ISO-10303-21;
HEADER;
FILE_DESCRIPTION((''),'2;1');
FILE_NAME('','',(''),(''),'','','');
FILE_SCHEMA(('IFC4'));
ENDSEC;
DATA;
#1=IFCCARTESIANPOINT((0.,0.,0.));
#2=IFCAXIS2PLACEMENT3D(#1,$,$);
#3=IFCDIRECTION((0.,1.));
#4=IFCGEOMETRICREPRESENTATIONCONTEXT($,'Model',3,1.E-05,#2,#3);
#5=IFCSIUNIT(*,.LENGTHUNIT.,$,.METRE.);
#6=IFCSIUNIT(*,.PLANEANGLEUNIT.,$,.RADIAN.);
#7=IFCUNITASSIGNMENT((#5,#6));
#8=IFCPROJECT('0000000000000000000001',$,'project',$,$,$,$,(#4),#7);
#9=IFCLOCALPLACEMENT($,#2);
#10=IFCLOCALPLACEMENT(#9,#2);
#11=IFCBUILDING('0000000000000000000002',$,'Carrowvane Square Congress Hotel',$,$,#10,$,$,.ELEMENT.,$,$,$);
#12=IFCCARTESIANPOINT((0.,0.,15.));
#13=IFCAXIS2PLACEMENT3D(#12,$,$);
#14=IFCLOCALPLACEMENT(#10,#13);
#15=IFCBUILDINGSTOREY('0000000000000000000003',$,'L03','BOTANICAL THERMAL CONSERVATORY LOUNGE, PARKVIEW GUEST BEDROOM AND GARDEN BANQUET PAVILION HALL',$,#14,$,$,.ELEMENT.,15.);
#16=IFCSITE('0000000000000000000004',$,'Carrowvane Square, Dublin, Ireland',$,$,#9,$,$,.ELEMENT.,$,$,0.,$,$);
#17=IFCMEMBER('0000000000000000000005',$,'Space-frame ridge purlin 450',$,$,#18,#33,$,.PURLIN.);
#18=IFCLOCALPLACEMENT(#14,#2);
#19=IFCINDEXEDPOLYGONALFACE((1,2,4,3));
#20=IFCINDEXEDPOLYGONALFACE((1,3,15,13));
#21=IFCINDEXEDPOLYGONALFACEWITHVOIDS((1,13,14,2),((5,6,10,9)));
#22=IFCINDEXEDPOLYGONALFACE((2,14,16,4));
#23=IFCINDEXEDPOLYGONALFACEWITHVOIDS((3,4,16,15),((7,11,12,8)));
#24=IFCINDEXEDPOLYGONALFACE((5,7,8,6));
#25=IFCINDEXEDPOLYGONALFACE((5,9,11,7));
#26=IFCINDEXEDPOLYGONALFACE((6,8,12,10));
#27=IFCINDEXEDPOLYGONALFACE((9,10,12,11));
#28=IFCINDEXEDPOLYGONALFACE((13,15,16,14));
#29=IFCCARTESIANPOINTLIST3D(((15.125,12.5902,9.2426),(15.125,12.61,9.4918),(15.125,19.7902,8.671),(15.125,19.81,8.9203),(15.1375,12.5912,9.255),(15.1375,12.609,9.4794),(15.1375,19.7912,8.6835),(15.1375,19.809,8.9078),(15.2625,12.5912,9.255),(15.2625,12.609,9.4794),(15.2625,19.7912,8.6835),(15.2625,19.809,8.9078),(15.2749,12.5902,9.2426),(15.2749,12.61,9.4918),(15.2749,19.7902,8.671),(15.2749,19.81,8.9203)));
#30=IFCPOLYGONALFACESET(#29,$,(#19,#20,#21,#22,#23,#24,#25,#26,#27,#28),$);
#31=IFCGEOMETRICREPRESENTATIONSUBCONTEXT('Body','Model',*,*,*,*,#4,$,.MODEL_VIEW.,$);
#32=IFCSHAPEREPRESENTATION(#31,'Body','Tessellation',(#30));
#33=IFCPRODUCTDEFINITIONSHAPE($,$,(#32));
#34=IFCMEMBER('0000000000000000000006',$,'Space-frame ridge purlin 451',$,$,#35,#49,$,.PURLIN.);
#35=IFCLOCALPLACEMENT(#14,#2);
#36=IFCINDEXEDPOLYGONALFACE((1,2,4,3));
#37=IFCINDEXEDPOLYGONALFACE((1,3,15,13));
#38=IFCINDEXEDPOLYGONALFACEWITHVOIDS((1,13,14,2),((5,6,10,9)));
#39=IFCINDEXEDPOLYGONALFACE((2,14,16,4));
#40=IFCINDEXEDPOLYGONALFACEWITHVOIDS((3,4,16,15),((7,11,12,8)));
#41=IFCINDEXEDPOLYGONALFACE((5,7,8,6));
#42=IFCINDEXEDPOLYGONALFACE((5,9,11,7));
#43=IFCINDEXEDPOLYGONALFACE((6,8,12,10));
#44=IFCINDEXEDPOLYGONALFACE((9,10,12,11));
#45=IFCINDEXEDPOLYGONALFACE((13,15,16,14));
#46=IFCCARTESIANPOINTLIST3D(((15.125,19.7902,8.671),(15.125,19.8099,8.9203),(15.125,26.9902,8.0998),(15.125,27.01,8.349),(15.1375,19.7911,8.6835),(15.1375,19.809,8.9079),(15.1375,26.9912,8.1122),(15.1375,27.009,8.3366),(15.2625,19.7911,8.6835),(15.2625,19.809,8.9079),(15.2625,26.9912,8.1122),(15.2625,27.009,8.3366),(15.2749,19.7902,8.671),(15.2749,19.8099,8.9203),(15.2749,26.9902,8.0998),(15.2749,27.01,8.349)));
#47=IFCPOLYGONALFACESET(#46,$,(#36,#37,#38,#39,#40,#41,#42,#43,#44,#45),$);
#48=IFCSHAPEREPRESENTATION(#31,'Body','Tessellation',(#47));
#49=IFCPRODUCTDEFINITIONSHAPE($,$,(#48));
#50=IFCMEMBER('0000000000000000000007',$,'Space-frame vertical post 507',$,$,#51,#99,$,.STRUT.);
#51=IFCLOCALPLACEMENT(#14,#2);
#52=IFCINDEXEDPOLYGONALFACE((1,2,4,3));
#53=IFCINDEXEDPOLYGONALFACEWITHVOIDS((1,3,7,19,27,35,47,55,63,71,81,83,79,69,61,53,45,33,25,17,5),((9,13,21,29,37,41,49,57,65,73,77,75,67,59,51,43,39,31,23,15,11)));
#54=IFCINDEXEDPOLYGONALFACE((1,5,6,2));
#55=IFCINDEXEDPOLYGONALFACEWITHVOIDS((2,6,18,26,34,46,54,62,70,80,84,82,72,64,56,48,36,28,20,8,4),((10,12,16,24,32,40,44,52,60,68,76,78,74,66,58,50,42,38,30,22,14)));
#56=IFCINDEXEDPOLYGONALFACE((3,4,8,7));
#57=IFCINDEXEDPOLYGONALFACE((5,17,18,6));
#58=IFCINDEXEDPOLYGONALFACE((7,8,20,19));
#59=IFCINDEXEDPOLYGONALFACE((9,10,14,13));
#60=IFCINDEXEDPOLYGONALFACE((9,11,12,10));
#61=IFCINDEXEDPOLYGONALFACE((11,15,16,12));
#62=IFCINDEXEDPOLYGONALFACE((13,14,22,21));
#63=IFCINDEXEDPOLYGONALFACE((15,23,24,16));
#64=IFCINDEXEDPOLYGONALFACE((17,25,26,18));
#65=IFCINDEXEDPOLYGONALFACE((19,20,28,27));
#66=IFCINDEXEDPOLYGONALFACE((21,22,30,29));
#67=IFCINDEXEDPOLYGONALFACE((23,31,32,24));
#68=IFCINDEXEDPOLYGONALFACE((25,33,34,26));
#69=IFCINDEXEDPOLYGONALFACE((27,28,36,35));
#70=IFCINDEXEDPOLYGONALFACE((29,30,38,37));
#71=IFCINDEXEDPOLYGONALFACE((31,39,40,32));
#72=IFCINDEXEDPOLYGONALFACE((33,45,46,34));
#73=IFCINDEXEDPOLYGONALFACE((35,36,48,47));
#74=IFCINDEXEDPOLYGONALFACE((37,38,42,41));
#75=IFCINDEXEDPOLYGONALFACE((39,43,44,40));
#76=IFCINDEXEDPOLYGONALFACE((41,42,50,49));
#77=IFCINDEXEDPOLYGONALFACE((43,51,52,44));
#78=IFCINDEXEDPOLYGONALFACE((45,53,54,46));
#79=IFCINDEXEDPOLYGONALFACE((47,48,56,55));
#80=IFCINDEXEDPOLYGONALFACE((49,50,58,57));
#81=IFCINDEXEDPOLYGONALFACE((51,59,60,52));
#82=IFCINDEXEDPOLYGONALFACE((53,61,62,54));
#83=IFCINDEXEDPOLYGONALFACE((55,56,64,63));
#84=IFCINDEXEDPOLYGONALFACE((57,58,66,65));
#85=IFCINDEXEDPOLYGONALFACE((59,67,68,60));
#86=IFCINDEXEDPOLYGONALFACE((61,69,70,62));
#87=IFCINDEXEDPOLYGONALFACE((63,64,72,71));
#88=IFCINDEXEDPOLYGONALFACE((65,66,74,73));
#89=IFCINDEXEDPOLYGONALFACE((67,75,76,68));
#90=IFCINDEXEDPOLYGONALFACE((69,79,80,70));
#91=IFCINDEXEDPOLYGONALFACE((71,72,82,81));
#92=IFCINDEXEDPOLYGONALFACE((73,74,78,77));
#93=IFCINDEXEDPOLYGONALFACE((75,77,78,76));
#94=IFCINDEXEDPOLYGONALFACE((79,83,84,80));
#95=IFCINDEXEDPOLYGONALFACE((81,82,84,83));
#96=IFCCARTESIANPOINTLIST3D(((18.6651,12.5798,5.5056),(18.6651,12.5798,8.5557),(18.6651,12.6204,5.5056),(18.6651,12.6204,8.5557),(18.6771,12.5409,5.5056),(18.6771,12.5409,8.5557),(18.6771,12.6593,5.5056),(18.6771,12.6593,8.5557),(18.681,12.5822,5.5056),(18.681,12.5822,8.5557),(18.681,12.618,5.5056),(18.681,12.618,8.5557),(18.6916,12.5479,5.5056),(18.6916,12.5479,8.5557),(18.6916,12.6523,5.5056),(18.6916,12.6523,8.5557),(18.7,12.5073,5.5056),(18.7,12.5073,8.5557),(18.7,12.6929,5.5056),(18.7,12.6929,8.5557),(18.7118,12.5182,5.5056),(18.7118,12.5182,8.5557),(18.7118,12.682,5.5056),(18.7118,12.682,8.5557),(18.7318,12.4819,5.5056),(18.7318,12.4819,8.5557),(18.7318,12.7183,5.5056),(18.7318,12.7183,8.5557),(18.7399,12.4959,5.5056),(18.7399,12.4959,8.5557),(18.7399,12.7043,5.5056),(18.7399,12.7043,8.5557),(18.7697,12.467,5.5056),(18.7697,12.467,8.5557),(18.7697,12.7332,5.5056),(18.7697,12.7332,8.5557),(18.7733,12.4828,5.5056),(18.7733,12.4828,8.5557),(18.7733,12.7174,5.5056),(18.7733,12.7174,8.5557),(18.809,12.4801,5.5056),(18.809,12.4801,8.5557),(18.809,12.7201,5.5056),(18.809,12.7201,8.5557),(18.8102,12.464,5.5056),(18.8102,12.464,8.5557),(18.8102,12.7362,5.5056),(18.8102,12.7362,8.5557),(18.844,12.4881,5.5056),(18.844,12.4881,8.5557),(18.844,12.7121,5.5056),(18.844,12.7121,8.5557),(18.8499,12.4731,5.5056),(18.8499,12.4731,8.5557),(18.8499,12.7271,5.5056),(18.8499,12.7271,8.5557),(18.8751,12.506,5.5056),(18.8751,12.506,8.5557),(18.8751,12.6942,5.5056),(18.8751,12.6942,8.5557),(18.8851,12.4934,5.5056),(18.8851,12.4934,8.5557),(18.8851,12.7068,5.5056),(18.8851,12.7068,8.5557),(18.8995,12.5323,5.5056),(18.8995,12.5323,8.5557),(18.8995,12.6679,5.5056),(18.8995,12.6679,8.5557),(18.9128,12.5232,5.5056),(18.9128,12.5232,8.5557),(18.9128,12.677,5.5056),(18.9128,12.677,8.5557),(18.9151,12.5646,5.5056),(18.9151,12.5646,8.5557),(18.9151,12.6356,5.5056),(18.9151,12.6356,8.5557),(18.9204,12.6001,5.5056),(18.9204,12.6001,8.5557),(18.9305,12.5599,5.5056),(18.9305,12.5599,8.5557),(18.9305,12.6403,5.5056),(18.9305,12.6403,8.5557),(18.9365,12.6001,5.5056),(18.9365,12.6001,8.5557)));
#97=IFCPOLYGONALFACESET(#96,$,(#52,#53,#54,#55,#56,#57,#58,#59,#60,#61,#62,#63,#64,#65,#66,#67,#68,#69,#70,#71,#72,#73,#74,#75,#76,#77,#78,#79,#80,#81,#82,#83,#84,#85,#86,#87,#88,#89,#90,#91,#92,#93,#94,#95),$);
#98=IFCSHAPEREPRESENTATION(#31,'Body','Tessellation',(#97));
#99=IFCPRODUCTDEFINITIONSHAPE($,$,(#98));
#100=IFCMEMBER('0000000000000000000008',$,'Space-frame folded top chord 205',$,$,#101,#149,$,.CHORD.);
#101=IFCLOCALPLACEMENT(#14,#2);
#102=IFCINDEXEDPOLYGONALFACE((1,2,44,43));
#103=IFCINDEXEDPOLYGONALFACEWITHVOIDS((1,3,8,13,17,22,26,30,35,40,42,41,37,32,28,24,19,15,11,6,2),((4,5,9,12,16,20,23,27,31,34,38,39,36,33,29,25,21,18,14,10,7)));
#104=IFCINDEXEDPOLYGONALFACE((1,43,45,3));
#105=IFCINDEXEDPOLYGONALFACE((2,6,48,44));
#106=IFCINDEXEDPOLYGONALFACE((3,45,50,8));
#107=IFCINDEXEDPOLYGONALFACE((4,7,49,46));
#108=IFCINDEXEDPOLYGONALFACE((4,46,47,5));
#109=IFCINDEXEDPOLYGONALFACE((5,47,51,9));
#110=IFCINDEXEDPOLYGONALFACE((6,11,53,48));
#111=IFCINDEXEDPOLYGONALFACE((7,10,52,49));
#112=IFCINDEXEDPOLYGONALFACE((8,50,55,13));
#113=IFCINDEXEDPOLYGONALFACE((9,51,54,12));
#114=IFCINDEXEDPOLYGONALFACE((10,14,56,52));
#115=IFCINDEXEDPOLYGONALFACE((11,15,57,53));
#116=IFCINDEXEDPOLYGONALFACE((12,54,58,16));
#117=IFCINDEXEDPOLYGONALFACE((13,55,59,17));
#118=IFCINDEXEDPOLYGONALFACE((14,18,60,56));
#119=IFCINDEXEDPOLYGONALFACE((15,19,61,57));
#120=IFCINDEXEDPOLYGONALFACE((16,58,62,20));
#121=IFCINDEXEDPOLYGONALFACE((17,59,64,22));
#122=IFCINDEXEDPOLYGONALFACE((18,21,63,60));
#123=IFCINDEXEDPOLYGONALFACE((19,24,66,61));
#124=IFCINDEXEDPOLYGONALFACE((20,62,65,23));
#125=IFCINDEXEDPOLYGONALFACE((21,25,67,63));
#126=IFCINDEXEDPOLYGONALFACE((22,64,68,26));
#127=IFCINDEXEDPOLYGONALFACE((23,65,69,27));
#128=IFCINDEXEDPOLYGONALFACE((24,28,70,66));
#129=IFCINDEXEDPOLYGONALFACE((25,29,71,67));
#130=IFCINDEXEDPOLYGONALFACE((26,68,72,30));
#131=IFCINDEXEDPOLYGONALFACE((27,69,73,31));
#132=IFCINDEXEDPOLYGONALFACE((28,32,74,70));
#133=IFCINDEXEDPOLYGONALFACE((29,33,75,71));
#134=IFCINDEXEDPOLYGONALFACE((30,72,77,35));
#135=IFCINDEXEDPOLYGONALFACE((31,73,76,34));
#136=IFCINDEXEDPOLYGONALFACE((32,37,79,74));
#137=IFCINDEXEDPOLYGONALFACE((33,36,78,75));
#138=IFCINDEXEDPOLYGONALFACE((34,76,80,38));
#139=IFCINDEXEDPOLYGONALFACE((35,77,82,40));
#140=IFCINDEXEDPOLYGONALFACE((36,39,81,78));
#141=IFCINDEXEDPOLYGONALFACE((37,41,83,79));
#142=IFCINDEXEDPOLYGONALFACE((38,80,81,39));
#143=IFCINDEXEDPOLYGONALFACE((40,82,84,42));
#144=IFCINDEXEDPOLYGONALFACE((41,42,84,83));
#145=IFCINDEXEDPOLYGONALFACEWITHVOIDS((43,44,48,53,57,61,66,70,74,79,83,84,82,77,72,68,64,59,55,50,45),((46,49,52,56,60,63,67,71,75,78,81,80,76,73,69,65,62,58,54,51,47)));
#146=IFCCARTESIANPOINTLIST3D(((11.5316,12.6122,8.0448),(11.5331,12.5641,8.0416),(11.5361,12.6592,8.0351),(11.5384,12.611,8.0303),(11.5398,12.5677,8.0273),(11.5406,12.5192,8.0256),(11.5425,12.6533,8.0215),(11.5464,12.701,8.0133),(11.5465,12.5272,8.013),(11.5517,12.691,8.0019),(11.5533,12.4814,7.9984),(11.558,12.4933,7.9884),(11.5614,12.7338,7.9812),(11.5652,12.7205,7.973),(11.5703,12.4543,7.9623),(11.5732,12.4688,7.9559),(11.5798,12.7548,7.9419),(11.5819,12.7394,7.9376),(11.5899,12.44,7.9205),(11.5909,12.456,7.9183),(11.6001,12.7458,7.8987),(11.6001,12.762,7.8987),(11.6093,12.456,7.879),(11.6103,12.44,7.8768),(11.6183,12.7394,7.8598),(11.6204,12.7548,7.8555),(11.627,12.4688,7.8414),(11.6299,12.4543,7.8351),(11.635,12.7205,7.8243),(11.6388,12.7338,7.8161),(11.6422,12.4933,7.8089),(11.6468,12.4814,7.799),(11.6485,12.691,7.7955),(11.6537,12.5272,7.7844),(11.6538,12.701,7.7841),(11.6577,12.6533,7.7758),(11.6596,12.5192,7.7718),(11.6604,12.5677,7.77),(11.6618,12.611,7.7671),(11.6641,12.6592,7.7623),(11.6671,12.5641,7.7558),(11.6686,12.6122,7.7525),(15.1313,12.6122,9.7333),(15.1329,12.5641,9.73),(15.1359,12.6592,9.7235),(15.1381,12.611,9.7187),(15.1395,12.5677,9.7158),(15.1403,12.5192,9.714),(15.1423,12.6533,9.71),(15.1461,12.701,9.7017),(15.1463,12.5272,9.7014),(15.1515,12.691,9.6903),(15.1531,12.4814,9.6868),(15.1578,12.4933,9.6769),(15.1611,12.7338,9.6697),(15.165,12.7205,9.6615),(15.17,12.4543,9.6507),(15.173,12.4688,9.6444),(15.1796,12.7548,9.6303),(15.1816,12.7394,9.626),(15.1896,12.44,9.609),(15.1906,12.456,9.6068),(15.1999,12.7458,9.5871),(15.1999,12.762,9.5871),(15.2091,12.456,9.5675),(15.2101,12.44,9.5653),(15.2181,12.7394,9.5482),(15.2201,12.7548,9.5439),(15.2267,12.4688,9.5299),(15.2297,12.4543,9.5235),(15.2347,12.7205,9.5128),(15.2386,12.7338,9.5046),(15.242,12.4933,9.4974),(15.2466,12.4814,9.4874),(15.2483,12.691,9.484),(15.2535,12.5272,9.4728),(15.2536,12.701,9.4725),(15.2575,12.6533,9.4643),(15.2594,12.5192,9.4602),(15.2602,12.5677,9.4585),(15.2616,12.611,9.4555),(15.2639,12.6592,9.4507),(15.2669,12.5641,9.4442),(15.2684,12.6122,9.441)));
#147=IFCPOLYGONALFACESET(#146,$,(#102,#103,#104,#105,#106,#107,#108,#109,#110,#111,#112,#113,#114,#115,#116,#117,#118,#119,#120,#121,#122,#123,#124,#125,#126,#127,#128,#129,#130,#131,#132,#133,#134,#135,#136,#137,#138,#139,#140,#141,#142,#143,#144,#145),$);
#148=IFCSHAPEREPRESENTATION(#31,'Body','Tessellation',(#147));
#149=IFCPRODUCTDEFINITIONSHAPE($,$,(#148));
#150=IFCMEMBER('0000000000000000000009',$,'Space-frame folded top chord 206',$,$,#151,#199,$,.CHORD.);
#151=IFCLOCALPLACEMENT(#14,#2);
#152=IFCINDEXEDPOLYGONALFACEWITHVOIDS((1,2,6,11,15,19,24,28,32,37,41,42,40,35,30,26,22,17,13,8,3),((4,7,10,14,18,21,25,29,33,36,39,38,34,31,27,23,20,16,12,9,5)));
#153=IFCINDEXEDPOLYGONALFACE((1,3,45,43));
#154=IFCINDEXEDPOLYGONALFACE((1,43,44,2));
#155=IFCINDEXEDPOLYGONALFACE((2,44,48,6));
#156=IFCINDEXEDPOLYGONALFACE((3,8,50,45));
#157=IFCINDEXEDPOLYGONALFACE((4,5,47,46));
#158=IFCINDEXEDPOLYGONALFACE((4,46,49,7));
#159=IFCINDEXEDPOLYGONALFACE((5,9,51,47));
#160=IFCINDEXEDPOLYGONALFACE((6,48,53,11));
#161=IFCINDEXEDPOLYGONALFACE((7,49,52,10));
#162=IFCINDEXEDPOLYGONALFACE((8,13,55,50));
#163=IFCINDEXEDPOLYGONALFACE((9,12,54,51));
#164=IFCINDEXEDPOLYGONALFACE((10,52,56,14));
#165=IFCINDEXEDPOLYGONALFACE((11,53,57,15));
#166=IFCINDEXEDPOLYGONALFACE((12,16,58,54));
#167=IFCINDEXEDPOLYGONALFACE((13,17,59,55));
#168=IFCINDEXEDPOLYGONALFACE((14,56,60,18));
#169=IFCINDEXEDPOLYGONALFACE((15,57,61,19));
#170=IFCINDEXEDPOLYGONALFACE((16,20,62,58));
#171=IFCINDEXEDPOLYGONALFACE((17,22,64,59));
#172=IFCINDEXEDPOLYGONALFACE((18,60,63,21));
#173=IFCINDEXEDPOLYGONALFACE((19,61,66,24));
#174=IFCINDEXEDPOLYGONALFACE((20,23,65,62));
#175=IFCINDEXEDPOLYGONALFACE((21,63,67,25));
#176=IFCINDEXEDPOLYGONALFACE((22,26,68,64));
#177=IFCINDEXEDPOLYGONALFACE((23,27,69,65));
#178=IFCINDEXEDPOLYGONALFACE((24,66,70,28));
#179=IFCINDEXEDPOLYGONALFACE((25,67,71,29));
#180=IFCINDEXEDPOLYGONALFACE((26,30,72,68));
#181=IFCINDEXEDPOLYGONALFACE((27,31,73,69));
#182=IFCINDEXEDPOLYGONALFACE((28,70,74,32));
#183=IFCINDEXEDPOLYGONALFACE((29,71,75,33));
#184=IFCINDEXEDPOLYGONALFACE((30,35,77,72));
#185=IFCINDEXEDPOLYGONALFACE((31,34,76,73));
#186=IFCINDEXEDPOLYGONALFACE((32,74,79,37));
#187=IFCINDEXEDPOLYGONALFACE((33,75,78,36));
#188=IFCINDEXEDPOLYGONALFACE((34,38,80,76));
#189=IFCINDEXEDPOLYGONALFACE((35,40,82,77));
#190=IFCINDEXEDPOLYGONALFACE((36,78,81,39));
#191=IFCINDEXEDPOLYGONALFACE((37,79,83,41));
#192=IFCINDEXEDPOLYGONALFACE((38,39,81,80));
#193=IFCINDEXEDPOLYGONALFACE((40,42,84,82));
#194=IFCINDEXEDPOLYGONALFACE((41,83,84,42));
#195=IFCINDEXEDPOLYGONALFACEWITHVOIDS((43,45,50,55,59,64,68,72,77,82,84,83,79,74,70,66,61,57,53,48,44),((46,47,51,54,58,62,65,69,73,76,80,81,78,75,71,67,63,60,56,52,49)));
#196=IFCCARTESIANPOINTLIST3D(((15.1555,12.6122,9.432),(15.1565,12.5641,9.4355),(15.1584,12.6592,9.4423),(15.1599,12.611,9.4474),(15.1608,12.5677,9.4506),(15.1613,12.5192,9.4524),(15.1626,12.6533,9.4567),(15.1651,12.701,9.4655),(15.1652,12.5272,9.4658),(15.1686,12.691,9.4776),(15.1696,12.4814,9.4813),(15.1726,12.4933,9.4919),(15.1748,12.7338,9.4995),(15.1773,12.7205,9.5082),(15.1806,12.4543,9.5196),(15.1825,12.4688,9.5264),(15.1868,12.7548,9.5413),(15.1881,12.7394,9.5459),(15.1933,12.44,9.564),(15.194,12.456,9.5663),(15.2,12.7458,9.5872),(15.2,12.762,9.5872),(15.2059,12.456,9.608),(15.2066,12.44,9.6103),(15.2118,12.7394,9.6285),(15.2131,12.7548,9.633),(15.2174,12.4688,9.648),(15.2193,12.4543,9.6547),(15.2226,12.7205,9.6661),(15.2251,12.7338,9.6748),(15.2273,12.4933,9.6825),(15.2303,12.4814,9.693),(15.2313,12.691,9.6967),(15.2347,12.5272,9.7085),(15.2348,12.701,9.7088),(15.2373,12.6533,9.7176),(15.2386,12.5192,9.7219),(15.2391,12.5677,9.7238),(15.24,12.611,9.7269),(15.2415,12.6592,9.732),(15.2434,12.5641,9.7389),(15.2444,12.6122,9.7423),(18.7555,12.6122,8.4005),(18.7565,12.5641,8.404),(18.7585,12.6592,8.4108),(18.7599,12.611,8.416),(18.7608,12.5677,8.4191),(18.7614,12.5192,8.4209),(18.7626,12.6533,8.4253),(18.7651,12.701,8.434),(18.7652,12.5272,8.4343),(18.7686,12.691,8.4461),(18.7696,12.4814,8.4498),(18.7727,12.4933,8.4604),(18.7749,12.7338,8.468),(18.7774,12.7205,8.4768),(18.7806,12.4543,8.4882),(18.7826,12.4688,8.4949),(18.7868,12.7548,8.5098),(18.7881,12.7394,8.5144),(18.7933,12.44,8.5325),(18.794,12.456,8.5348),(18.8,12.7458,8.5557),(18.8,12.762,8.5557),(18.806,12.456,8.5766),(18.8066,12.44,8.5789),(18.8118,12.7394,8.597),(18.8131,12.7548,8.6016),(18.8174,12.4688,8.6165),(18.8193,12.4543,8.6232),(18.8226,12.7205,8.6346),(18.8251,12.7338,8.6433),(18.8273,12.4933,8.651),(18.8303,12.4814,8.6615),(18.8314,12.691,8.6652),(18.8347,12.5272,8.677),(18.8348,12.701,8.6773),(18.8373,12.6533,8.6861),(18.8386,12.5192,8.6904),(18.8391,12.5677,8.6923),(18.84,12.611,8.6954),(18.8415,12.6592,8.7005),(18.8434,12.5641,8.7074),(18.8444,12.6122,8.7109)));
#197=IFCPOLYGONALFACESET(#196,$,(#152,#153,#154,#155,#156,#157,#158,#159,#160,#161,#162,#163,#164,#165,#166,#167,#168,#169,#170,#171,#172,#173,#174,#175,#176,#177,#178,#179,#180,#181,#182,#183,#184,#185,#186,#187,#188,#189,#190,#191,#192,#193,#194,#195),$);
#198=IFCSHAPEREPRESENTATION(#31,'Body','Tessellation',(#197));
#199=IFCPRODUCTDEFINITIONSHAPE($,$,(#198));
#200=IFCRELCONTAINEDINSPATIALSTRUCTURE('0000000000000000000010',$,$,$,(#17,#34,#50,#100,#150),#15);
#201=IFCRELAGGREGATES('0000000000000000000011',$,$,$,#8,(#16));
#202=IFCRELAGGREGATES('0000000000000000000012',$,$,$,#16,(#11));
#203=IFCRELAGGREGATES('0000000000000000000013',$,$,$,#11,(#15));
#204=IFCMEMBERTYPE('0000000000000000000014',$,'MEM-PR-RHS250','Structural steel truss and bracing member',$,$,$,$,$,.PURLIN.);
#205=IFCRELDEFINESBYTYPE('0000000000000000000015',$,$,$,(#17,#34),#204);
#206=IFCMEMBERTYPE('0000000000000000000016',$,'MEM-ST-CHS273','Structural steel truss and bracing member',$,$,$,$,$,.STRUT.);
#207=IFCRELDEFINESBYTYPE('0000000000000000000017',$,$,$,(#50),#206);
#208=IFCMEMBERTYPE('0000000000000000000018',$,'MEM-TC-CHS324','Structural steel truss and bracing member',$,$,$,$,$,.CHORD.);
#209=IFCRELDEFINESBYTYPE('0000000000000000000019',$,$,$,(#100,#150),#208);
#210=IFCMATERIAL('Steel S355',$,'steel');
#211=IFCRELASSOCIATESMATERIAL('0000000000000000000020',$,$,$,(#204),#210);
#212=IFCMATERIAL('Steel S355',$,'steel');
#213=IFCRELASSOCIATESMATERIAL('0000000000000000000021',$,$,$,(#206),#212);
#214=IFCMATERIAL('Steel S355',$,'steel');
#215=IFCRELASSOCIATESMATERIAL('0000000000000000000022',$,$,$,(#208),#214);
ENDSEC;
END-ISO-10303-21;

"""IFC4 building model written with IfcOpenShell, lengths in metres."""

from ifc_helpers import new_model, si_unit, direction, frame, origin, origin_2d, place, context, subcontext, project, spatial, hollow_rectangle, hollow_circle, extrude, material, material_profile, profile_set, type_object, element, save


model = new_model("IFC4")

# Units and contexts
model_context = context("Model", 3, precision=1e-05, world=origin(), true_north=direction((0.0, 1.0)))
body_context = subcontext(model_context, "Body", "Model", "MODEL_VIEW")
ifc_project = project(units=[si_unit("LENGTHUNIT", "METRE"), si_unit("PLANEANGLEUNIT", "RADIAN")], contexts=[model_context])

# Site, building, storey
site_placement = place(None, origin())
site = spatial("IfcSite", under=ifc_project, at=site_placement, Name="Carrowvane Square, Dublin, Ireland", CompositionType="ELEMENT", RefElevation=0.0)
building_placement = place(site_placement, origin())
building = spatial("IfcBuilding", under=site, at=building_placement, Name="Carrowvane Square Congress Hotel", CompositionType="ELEMENT")
storey_placement = place(building_placement, frame((0.0, 0.0, 15.0)))
storey = spatial("IfcBuildingStorey", under=building, at=storey_placement, Name="L03", Description="BOTANICAL THERMAL CONSERVATORY LOUNGE, PARKVIEW GUEST BEDROOM AND GARDEN BANQUET PAVILION HALL", CompositionType="ELEMENT", Elevation=15.0)

# Members
ifc_material_1 = material(Name="Steel S355", Category="steel")
ifc_material_profile_1 = material_profile(ifc_material_1, hollow_rectangle(XDim=0.1499, YDim=0.25, WallThickness=0.0125, at=origin_2d()), Name="RHS 250x150x12.5")
ifc_profile_set_1 = profile_set([ifc_material_profile_1], Name="Steel S355")
member_type_1 = type_object("IfcMemberType", Name="MEM-PR-RHS250", Description="Structural steel truss and bracing member", PredefinedType="PURLIN", material=ifc_profile_set_1)
for number, where, z_axis, x_axis, name in (
    (1, (15.2, 12.6001, 9.3672), (0.0, 0.996864, -0.079131), (-1.0, 0.0, 0.0), "Space-frame ridge purlin 450"),
    (2, (15.2, 19.8, 8.7957), (0.0, 0.996867, -0.079098), (-1.0, 0.0, 0.0), "Space-frame ridge purlin 451"),
):
    element("IfcMember", number, at=place(storey_placement, frame(where, z_axis=z_axis, x_axis=x_axis)), inside=storey, type_object=member_type_1, Name=name, PredefinedType="PURLIN", context=body_context, shape_type="SweptSolid", body=[
        extrude(hollow_rectangle(XDim=0.1499, YDim=0.25, WallThickness=0.0125, at=origin_2d()), origin(), (0.0, 0.0, 1.0), 7.2227),
    ])
ifc_material_2 = material(Name="Steel S355", Category="steel")
ifc_material_profile_2 = material_profile(ifc_material_2, hollow_circle(Radius=0.1365, WallThickness=0.0161, at=origin_2d()), Name="CHS 273.0x16")
ifc_profile_set_2 = profile_set([ifc_material_profile_2], Name="Steel S355")
member_type_2 = type_object("IfcMemberType", Name="MEM-ST-CHS273", Description="Structural steel truss and bracing member", PredefinedType="STRUT", material=ifc_profile_set_2)
member_1_placement = place(storey_placement, frame((18.8, 12.6001, 5.5056), z_axis=(0.0, 0.0, 1.0), x_axis=(1.0, 0.0, 0.0)))
element("IfcMember", 3, at=member_1_placement, inside=storey, type_object=member_type_2, Name="Space-frame vertical post 507", PredefinedType="STRUT", context=body_context, shape_type="SweptSolid", body=[
    extrude(hollow_circle(Radius=0.1365, WallThickness=0.0161, at=origin_2d()), origin(), (0.0, 0.0, 1.0), 3.05),
])
ifc_material_3 = material(Name="Steel S355", Category="steel")
ifc_material_profile_3 = material_profile(ifc_material_3, hollow_circle(Radius=0.1619, WallThickness=0.0161, at=origin_2d()), Name="CHS 323.9x16")
ifc_profile_set_3 = profile_set([ifc_material_profile_3], Name="Steel S355")
member_type_3 = type_object("IfcMemberType", Name="MEM-TC-CHS324", Description="Structural steel truss and bracing member", PredefinedType="CHORD", material=ifc_profile_set_3)
member_2_placement = place(storey_placement, frame((11.6001, 12.6001, 7.8987), z_axis=(0.905358, 0.0, 0.424649), x_axis=(0.0, 1.0, 0.0)))
element("IfcMember", 4, at=member_2_placement, inside=storey, type_object=member_type_3, Name="Space-frame folded top chord 205", PredefinedType="CHORD", context=body_context, shape_type="SweptSolid", body=[
    extrude(hollow_circle(Radius=0.1619, WallThickness=0.0161, at=origin_2d()), origin(), (0.0, 0.0, 1.0), 3.9761),
])
member_3_placement = place(storey_placement, frame((15.2, 12.6001, 9.5872), z_axis=(0.961319, 0.0, -0.275436), x_axis=(0.0, 1.0, 0.0)))
element("IfcMember", 5, at=member_3_placement, inside=storey, type_object=member_type_3, Name="Space-frame folded top chord 206", PredefinedType="CHORD", context=body_context, shape_type="SweptSolid", body=[
    extrude(hollow_circle(Radius=0.1619, WallThickness=0.0161, at=origin_2d()), origin(), (0.0, 0.0, 1.0), 3.7449),
])

save(model, "model.ifc")
